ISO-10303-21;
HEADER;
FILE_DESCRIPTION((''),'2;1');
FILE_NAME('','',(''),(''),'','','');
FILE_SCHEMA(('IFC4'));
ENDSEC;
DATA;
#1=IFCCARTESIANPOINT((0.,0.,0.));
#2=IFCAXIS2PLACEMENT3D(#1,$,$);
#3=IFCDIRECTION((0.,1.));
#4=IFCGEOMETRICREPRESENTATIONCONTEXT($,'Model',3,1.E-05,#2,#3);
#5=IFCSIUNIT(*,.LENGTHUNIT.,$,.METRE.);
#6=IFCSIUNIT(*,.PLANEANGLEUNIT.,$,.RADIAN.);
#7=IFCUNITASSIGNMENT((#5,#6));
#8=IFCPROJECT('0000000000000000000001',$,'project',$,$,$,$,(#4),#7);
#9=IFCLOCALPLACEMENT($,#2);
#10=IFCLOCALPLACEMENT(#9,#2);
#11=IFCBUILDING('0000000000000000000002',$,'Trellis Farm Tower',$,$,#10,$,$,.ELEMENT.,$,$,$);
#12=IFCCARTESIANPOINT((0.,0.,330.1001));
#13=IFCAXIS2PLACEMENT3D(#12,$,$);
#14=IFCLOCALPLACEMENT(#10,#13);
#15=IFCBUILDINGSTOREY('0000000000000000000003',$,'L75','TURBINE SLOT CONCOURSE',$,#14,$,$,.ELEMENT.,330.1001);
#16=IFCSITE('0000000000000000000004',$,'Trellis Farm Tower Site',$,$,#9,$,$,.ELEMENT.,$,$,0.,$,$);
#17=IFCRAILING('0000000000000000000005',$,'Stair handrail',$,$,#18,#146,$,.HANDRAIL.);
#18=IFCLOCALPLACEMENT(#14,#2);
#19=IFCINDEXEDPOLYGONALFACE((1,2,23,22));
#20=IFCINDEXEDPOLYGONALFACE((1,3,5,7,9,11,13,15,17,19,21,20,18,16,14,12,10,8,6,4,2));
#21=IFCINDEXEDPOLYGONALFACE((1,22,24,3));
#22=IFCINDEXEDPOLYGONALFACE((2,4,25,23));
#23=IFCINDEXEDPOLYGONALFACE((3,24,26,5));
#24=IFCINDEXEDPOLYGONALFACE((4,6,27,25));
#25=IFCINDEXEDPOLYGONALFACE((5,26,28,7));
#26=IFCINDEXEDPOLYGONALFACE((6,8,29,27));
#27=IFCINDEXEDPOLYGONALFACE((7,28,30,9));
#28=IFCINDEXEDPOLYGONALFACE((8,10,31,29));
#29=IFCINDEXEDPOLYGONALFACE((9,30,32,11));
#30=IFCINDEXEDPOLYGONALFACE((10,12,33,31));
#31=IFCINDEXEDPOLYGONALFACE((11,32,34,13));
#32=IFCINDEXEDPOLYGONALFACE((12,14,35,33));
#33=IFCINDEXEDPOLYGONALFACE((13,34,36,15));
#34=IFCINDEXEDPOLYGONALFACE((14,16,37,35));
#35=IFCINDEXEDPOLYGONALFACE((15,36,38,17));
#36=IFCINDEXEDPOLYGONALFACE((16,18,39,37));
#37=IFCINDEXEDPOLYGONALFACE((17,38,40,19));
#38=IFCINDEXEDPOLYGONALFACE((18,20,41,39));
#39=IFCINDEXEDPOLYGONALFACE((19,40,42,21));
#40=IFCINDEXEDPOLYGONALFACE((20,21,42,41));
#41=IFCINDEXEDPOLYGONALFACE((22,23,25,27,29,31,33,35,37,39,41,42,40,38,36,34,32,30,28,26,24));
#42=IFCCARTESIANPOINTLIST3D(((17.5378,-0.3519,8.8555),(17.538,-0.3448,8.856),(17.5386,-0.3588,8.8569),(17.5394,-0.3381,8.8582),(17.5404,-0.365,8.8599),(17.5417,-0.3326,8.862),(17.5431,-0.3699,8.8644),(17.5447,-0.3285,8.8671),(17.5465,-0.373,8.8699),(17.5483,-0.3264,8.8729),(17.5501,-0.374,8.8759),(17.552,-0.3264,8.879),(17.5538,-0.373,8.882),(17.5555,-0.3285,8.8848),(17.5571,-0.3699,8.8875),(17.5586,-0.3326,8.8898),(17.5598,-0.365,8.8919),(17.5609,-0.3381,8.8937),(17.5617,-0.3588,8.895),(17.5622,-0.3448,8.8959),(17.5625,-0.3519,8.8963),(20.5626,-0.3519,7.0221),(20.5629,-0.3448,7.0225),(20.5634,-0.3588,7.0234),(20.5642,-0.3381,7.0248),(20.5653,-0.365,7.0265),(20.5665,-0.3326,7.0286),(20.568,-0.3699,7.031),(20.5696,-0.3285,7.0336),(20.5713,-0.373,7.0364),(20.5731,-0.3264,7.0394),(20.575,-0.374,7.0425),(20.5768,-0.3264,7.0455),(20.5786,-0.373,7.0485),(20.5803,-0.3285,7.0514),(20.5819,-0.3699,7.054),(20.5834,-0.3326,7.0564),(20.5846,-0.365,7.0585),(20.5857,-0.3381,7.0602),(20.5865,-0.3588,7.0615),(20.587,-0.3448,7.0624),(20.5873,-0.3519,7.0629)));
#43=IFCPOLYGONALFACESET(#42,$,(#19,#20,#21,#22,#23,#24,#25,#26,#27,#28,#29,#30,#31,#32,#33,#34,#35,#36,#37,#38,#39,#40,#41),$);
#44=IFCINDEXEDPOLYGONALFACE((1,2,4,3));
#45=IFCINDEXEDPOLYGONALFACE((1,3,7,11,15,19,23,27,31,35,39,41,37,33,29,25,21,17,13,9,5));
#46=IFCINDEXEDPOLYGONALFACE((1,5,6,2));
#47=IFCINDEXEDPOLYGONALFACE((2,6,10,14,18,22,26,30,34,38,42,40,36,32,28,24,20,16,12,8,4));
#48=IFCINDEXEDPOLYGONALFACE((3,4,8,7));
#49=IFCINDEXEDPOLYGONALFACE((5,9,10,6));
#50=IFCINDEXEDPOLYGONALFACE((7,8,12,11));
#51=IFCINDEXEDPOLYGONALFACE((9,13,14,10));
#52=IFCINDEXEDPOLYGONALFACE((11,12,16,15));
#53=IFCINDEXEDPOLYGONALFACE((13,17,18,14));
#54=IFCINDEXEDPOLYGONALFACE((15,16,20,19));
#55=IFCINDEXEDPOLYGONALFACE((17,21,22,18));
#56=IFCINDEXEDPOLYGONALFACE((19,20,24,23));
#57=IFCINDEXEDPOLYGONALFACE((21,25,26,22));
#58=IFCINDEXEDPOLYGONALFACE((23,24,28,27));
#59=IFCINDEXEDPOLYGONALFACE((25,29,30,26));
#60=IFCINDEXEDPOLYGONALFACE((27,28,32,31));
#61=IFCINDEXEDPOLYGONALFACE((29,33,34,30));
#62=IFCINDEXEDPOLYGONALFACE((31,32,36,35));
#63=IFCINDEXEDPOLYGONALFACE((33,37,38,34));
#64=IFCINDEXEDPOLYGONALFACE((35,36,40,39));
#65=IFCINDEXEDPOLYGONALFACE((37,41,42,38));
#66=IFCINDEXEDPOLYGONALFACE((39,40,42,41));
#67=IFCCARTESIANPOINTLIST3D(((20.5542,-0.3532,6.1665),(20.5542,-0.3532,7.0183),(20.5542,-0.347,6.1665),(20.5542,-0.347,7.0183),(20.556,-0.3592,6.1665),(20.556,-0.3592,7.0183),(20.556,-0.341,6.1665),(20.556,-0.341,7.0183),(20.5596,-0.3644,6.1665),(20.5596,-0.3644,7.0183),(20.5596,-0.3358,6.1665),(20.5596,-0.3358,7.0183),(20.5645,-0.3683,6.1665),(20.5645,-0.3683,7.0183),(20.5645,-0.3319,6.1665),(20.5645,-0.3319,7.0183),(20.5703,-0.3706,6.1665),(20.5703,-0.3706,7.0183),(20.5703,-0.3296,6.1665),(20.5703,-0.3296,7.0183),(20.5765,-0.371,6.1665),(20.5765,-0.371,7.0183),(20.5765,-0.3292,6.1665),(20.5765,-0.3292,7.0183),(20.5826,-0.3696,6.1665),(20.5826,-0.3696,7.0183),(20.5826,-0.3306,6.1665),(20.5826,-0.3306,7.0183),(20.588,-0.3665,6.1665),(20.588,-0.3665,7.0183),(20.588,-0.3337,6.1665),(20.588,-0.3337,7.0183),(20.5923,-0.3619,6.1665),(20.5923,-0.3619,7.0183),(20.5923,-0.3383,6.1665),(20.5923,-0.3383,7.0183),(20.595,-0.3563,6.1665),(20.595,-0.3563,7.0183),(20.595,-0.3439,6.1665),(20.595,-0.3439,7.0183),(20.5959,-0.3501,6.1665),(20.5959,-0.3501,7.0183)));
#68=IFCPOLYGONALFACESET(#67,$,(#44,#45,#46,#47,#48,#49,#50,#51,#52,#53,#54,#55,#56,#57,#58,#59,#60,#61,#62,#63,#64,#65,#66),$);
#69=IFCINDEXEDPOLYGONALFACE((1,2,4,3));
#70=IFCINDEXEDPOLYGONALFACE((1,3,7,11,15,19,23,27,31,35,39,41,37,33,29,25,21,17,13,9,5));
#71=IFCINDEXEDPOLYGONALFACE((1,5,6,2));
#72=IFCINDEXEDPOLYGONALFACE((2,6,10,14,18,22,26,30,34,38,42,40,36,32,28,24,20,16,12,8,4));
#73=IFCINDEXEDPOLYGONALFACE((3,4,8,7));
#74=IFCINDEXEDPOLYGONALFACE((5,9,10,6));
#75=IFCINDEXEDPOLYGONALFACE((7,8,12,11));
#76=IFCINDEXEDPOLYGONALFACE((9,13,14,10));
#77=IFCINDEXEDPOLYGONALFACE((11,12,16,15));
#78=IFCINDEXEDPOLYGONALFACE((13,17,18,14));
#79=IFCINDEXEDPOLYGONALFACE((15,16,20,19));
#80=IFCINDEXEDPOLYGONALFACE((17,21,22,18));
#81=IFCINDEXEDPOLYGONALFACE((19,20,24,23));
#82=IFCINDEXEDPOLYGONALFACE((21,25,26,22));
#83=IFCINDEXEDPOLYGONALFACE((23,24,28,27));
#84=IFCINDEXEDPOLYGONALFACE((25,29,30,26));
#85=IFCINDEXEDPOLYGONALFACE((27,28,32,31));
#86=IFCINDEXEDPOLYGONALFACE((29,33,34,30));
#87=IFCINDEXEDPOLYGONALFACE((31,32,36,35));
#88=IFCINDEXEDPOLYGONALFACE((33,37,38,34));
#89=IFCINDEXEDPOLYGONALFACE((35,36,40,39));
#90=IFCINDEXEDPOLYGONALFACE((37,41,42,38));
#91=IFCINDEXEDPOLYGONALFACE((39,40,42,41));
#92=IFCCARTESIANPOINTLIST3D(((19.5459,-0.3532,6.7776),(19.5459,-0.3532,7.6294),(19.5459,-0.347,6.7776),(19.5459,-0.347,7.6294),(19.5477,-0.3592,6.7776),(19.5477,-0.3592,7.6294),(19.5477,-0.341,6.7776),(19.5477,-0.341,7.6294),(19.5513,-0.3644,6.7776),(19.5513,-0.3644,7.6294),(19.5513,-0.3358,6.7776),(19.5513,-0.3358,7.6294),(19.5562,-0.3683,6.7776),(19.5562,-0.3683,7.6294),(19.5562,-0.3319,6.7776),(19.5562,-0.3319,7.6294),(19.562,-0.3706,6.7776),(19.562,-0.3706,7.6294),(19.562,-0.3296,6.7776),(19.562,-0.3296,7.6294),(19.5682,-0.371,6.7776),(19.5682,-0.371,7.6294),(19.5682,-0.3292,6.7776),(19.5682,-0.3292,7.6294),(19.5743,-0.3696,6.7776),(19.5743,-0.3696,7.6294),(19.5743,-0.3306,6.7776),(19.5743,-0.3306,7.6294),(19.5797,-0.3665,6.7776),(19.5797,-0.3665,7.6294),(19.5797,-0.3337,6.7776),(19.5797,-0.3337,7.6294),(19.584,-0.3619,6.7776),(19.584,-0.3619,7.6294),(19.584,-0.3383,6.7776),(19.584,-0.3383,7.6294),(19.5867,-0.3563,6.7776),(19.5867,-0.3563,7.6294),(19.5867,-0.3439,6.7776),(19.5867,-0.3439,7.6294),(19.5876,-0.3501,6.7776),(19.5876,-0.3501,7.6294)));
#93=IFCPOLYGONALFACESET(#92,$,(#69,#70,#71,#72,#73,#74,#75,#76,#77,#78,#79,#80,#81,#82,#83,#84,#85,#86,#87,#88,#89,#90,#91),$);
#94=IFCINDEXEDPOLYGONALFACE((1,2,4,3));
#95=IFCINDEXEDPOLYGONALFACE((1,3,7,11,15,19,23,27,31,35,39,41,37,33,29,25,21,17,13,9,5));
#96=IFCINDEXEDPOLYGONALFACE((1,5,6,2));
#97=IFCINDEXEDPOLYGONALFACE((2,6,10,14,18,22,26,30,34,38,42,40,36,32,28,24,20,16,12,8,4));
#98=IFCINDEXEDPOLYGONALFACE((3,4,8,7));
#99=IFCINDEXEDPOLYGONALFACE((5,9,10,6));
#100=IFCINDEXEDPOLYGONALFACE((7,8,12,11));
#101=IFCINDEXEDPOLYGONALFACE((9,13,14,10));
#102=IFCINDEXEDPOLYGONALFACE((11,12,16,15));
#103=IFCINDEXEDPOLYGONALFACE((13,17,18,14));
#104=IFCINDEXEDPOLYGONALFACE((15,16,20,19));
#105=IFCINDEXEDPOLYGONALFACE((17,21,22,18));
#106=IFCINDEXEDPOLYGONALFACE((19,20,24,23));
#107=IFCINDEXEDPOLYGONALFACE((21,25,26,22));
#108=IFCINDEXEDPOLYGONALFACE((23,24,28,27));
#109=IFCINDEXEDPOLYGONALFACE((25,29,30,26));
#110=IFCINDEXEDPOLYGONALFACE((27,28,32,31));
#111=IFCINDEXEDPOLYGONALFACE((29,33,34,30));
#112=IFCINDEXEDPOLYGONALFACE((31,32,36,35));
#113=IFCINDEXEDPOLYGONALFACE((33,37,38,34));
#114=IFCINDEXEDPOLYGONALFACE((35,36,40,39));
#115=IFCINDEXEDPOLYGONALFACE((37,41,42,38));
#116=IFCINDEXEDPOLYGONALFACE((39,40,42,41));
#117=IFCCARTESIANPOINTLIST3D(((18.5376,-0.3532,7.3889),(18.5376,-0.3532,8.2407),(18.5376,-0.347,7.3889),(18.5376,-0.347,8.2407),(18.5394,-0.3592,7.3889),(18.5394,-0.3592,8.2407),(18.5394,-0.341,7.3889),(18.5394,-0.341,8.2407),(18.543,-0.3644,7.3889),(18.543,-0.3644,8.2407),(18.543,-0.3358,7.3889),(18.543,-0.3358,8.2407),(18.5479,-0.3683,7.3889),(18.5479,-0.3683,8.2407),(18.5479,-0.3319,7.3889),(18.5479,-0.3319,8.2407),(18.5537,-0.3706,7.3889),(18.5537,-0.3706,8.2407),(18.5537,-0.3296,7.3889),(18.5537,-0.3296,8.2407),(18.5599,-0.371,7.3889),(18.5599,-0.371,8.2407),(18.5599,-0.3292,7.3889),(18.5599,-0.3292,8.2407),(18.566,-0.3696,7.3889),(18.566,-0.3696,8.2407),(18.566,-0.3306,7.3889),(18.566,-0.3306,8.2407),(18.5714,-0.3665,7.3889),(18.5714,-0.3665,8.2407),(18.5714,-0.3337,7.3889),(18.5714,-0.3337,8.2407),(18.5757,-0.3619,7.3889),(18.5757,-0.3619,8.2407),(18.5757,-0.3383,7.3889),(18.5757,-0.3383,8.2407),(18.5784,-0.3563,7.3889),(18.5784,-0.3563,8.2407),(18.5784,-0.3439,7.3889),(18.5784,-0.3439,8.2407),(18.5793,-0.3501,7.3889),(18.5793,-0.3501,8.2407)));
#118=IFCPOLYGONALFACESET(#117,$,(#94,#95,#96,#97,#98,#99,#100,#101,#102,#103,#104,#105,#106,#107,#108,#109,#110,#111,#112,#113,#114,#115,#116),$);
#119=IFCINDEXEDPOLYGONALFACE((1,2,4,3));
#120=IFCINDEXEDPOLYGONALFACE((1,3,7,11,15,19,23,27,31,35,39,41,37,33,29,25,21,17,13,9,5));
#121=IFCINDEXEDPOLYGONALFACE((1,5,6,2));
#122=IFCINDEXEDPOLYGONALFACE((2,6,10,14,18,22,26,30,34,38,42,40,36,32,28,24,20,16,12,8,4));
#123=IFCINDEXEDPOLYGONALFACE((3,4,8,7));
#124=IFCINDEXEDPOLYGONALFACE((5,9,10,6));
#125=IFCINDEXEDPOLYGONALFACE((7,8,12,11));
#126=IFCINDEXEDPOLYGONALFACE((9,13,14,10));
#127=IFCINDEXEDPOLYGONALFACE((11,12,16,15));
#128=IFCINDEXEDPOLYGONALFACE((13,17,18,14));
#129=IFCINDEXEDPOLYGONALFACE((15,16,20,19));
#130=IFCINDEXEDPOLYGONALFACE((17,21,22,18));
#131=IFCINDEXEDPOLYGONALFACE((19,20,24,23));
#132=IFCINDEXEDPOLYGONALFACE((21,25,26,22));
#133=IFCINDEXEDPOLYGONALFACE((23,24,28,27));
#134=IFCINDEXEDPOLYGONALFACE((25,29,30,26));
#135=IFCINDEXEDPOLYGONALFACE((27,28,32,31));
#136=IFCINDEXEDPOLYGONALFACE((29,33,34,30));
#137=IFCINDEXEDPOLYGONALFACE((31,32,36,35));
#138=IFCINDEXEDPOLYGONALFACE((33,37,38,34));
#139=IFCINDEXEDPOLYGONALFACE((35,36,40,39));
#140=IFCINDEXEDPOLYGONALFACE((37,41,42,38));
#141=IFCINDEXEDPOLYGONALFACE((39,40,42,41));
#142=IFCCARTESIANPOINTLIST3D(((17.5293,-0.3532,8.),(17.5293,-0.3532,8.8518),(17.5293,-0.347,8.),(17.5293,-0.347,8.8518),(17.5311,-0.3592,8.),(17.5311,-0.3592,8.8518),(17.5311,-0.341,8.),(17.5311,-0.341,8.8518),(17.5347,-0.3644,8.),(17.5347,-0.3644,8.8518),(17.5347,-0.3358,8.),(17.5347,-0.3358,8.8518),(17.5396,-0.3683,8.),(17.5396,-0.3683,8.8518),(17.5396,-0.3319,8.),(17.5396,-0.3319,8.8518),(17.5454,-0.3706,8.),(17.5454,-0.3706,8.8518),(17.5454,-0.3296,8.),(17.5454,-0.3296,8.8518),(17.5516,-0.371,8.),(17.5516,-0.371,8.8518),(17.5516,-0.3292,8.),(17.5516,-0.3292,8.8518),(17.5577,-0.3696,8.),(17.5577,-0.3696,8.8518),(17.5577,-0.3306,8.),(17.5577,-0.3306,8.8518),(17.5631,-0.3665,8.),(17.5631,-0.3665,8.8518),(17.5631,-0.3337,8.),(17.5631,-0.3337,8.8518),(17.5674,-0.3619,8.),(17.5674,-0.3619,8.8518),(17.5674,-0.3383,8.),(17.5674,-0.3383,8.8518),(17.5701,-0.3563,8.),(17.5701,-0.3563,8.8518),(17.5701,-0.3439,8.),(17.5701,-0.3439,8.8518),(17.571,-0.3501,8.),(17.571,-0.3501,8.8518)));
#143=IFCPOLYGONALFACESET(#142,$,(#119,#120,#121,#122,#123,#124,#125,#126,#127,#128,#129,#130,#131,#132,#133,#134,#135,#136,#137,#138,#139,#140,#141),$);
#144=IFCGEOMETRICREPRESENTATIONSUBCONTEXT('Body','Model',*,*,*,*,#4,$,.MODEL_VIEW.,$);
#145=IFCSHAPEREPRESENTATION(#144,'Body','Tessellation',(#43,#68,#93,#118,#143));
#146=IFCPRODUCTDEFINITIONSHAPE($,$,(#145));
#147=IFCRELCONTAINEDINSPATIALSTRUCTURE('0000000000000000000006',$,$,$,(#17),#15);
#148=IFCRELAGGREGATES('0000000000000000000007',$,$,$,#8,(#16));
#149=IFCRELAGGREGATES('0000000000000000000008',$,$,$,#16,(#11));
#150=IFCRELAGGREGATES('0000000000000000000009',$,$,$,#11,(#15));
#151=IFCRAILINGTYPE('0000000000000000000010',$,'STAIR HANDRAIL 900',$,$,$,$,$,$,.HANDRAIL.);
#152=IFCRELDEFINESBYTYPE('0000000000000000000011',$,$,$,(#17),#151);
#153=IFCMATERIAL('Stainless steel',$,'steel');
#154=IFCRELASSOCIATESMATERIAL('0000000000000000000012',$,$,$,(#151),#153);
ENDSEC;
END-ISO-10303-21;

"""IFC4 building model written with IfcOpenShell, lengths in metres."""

from ifc_helpers import new_model, si_unit, direction, frame, origin, origin_2d, place, context, subcontext, project, spatial, circle, extrude, source, transform, mapped, material, type_object, element, save


model = new_model("IFC4")

# Units and contexts
model_context = context("Model", 3, precision=1e-05, world=origin(), true_north=direction((0.0, 1.0)))
body_context = subcontext(model_context, "Body", "Model", "MODEL_VIEW")
ifc_project = project(units=[si_unit("LENGTHUNIT", "METRE"), si_unit("PLANEANGLEUNIT", "RADIAN")], contexts=[model_context])

# Site, building, storey
site_placement = place(None, origin())
site = spatial("IfcSite", under=ifc_project, at=site_placement, Name="Trellis Farm Tower Site", CompositionType="ELEMENT", RefElevation=0.0)
building_placement = place(site_placement, origin())
building = spatial("IfcBuilding", under=site, at=building_placement, Name="Trellis Farm Tower", CompositionType="ELEMENT")
storey_placement = place(building_placement, frame((0.0, 0.0, 330.1001)))
storey = spatial("IfcBuildingStorey", under=building, at=storey_placement, Name="L75", Description="TURBINE SLOT CONCOURSE", CompositionType="ELEMENT", Elevation=330.1001)

# Railing
ifc_material_1 = material(Name="Stainless steel", Category="steel")
railing_type_1 = type_object("IfcRailingType", Name="STAIR HANDRAIL 900", PredefinedType="HANDRAIL", material=ifc_material_1)
shared_shape_1 = source(origin(), body_context, "Body", "SweptSolid", [
    extrude(circle(Radius=0.0239, at=origin_2d()), frame((0.0, 0.0, 0.876), z_axis=(-0.85517, 0.0, 0.518348), x_axis=(0.0, -1.0, 0.0)), (0.0, 0.0, 1.0), 3.5371),
    extrude(circle(Radius=0.021, at=origin_2d()), origin(), (0.0, 0.0, 1.0), 0.8518),
    extrude(circle(Radius=0.021, at=origin_2d()), frame((-1.0083, 0.0, 0.6111)), (0.0, 0.0, 1.0), 0.8518),
    extrude(circle(Radius=0.021, at=origin_2d()), frame((-2.0166, 0.0, 1.2224)), (0.0, 0.0, 1.0), 0.8518),
    extrude(circle(Radius=0.021, at=origin_2d()), frame((-3.0249, 0.0, 1.8335)), (0.0, 0.0, 1.0), 0.8518),
])
for number, where, name in (
    (1, (20.575, -0.3501, 6.1665), "Stair handrail"),
):
    element("IfcRailing", number, at=place(storey_placement, frame(where)), inside=storey, type_object=railing_type_1, Name=name, PredefinedType="HANDRAIL", context=body_context, shape_type="MappedRepresentation", body=[
        mapped(shared_shape_1, transform((0.0, 0.0, 0.0))),
    ])

save(model, "model.ifc")
